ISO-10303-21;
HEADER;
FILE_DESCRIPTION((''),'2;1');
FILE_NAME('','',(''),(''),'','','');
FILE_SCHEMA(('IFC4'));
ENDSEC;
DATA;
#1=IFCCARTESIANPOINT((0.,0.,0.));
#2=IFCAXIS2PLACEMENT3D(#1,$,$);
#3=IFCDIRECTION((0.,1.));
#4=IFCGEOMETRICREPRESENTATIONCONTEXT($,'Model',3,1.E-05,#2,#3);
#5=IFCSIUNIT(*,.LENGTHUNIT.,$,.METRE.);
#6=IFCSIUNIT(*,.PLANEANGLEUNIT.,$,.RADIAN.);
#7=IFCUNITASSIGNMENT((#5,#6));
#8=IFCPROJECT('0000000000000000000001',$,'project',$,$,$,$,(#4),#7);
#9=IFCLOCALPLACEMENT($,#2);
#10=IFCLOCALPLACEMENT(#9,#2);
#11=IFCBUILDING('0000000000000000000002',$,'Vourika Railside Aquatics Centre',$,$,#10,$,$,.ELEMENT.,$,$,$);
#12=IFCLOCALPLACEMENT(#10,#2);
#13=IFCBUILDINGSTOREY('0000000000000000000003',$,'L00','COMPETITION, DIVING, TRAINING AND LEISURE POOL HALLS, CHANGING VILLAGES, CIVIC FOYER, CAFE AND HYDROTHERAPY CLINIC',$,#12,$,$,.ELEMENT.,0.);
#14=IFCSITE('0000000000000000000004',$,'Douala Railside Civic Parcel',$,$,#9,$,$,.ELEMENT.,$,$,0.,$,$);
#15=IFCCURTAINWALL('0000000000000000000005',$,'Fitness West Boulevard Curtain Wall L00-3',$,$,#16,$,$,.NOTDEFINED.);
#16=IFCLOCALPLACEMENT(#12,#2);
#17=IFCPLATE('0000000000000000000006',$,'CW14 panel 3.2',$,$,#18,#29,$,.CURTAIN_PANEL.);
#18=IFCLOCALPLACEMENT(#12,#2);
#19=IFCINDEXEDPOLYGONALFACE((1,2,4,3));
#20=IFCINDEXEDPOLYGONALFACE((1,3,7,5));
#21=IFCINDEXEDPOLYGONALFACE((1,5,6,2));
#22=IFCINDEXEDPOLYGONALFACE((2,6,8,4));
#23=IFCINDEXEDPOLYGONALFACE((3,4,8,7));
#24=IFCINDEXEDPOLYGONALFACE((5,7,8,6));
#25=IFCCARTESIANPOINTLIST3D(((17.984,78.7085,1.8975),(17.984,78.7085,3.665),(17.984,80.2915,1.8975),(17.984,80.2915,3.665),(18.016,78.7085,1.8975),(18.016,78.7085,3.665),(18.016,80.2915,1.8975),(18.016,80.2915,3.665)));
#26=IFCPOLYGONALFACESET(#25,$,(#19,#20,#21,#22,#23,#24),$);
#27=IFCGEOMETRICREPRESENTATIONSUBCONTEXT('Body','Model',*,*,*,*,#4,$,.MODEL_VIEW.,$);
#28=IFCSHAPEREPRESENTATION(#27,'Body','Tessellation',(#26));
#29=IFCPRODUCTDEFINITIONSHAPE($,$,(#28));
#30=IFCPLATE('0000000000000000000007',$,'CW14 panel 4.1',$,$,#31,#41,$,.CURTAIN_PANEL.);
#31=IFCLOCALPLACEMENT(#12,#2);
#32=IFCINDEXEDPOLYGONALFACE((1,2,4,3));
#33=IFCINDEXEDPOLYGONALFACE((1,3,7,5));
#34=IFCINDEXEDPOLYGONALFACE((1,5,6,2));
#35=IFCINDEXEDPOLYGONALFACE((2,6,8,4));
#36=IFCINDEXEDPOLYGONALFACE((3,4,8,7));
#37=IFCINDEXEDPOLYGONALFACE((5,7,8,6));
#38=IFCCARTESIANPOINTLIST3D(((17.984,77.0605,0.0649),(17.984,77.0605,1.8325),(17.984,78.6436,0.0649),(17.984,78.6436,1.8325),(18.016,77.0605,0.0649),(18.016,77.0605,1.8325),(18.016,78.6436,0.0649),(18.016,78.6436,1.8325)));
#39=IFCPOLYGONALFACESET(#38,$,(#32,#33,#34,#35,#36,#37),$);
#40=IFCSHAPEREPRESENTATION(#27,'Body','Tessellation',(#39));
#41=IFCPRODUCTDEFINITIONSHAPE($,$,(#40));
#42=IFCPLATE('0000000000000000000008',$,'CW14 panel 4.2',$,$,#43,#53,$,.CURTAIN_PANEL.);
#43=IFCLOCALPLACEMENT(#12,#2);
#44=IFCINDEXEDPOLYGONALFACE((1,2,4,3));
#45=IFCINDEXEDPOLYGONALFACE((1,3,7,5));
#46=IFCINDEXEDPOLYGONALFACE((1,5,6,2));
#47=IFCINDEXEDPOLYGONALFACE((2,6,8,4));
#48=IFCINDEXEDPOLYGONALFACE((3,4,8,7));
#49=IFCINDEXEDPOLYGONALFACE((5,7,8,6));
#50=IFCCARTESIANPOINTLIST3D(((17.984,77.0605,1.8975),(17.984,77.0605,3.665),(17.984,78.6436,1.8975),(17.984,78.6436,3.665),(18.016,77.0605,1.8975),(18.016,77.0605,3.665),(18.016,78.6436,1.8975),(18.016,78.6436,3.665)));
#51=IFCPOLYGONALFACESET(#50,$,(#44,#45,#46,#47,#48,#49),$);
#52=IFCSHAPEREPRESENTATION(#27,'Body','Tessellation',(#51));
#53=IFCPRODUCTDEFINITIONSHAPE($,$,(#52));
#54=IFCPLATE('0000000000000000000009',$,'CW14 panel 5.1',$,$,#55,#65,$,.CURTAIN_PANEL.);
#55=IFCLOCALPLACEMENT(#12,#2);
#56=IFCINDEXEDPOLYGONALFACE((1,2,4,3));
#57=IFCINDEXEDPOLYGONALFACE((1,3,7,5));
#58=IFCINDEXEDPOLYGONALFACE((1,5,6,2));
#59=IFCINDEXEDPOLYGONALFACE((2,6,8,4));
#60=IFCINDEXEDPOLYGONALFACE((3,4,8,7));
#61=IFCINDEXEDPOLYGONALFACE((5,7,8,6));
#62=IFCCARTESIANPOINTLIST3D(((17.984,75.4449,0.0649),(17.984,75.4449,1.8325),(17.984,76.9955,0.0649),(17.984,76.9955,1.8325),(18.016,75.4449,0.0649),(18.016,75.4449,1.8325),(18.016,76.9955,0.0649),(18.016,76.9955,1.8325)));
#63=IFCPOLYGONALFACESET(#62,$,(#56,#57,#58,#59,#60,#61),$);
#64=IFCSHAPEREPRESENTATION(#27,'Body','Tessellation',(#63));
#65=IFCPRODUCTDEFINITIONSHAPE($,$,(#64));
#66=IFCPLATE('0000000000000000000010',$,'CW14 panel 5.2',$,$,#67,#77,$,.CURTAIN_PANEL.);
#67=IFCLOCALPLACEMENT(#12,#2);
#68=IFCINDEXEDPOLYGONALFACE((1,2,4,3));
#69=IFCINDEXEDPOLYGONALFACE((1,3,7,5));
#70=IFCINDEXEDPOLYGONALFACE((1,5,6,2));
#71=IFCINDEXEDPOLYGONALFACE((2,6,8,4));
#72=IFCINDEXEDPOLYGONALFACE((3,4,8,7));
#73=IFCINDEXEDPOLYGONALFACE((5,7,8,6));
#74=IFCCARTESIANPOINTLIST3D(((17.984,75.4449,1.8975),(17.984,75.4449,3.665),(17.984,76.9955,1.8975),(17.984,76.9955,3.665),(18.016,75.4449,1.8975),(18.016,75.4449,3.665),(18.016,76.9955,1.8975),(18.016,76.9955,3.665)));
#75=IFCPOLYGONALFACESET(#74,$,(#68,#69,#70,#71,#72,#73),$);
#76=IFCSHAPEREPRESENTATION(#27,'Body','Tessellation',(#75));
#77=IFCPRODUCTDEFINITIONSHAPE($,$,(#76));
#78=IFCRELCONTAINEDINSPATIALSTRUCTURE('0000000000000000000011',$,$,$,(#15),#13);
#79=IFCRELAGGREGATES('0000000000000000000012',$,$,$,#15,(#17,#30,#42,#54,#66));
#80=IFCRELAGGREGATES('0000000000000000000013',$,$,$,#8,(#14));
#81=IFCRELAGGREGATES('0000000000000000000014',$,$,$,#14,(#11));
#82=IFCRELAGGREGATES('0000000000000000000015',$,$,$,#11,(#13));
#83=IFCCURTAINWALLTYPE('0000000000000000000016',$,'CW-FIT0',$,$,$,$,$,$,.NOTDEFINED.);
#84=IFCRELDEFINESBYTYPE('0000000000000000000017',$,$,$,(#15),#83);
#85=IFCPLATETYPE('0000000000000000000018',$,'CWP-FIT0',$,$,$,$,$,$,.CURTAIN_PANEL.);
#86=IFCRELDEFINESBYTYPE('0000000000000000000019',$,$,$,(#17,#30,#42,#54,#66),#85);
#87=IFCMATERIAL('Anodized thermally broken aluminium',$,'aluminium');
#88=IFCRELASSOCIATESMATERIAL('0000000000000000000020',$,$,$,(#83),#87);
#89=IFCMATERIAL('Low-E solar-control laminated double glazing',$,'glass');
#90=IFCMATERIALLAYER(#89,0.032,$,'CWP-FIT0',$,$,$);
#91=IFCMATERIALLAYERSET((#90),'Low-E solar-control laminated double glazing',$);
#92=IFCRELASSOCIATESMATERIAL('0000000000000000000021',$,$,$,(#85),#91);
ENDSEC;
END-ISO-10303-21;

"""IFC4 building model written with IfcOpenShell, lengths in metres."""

from ifc_helpers import new_model, si_unit, direction, frame, origin, origin_2d, place, context, subcontext, project, spatial, rectangle, extrude, material, layer, layer_set, type_object, element, aggregate, save


model = new_model("IFC4")

# Units and contexts
model_context = context("Model", 3, precision=1e-05, world=origin(), true_north=direction((0.0, 1.0)))
body_context = subcontext(model_context, "Body", "Model", "MODEL_VIEW")
ifc_project = project(units=[si_unit("LENGTHUNIT", "METRE"), si_unit("PLANEANGLEUNIT", "RADIAN")], contexts=[model_context])

# Site, building, storey
site_placement = place(None, origin())
site = spatial("IfcSite", under=ifc_project, at=site_placement, Name="Douala Railside Civic Parcel", CompositionType="ELEMENT", RefElevation=0.0)
building_placement = place(site_placement, origin())
building = spatial("IfcBuilding", under=site, at=building_placement, Name="Vourika Railside Aquatics Centre", CompositionType="ELEMENT")
storey_placement = place(building_placement, origin())
storey = spatial("IfcBuildingStorey", under=building, at=storey_placement, Name="L00", Description="COMPETITION, DIVING, TRAINING AND LEISURE POOL HALLS, CHANGING VILLAGES, CIVIC FOYER, CAFE AND HYDROTHERAPY CLINIC", CompositionType="ELEMENT", Elevation=0.0)

# Curtain wall, plates
ifc_material_1 = material(Name="Anodized thermally broken aluminium", Category="aluminium")
curtain_wall_type = type_object("IfcCurtainWallType", Name="CW-FIT0", PredefinedType="NOTDEFINED", material=ifc_material_1)
curtain_wall_placement = place(storey_placement, origin())
curtain_wall = element("IfcCurtainWall", 1, at=curtain_wall_placement, inside=storey, type_object=curtain_wall_type, Name="Fitness West Boulevard Curtain Wall L00-3", PredefinedType="NOTDEFINED")
ifc_material_2 = material(Name="Low-E solar-control laminated double glazing", Category="glass")
ifc_layer = layer(ifc_material_2, 0.032, Name="CWP-FIT0")
ifc_layer_set = layer_set([ifc_layer], Name="Low-E solar-control laminated double glazing")
plate_type = type_object("IfcPlateType", Name="CWP-FIT0", PredefinedType="CURTAIN_PANEL", material=ifc_layer_set)
plate_1_placement = place(storey_placement, frame((18.0, 79.5, 1.8975), z_axis=(0.0, 0.0, 1.0), x_axis=(0.0, -1.0, 0.0)))
plate_1 = element("IfcPlate", 2, at=plate_1_placement, type_object=plate_type, Name="CW14 panel 3.2", PredefinedType="CURTAIN_PANEL", context=body_context, shape_type="SweptSolid", body=[
    extrude(rectangle(XDim=1.583, YDim=0.032, at=origin_2d()), origin(), (0.0, 0.0, 1.0), 1.7676),
])
plate_2_placement = place(storey_placement, frame((18.0, 77.8521, 0.0649), z_axis=(0.0, 0.0, 1.0), x_axis=(0.0, -1.0, 0.0)))
plate_2 = element("IfcPlate", 3, at=plate_2_placement, type_object=plate_type, Name="CW14 panel 4.1", PredefinedType="CURTAIN_PANEL", context=body_context, shape_type="SweptSolid", body=[
    extrude(rectangle(XDim=1.583, YDim=0.032, at=origin_2d()), origin(), (0.0, 0.0, 1.0), 1.7676),
])
plate_3_placement = place(storey_placement, frame((18.0, 77.8521, 1.8975), z_axis=(0.0, 0.0, 1.0), x_axis=(0.0, -1.0, 0.0)))
plate_3 = element("IfcPlate", 4, at=plate_3_placement, type_object=plate_type, Name="CW14 panel 4.2", PredefinedType="CURTAIN_PANEL", context=body_context, shape_type="SweptSolid", body=[
    extrude(rectangle(XDim=1.583, YDim=0.032, at=origin_2d()), origin(), (0.0, 0.0, 1.0), 1.7676),
])
plate_4_placement = place(storey_placement, frame((18.0, 76.2202, 0.0649), z_axis=(0.0, 0.0, 1.0), x_axis=(0.0, -1.0, 0.0)))
plate_4 = element("IfcPlate", 5, at=plate_4_placement, type_object=plate_type, Name="CW14 panel 5.1", PredefinedType="CURTAIN_PANEL", context=body_context, shape_type="SweptSolid", body=[
    extrude(rectangle(XDim=1.5505, YDim=0.032, at=origin_2d()), origin(), (0.0, 0.0, 1.0), 1.7676),
])
plate_5_placement = place(storey_placement, frame((18.0, 76.2202, 1.8975), z_axis=(0.0, 0.0, 1.0), x_axis=(0.0, -1.0, 0.0)))
plate_5 = element("IfcPlate", 6, at=plate_5_placement, type_object=plate_type, Name="CW14 panel 5.2", PredefinedType="CURTAIN_PANEL", context=body_context, shape_type="SweptSolid", body=[
    extrude(rectangle(XDim=1.5505, YDim=0.032, at=origin_2d()), origin(), (0.0, 0.0, 1.0), 1.7676),
])
aggregate(curtain_wall, [plate_1, plate_2, plate_3, plate_4, plate_5])

save(model, "model.ifc")
